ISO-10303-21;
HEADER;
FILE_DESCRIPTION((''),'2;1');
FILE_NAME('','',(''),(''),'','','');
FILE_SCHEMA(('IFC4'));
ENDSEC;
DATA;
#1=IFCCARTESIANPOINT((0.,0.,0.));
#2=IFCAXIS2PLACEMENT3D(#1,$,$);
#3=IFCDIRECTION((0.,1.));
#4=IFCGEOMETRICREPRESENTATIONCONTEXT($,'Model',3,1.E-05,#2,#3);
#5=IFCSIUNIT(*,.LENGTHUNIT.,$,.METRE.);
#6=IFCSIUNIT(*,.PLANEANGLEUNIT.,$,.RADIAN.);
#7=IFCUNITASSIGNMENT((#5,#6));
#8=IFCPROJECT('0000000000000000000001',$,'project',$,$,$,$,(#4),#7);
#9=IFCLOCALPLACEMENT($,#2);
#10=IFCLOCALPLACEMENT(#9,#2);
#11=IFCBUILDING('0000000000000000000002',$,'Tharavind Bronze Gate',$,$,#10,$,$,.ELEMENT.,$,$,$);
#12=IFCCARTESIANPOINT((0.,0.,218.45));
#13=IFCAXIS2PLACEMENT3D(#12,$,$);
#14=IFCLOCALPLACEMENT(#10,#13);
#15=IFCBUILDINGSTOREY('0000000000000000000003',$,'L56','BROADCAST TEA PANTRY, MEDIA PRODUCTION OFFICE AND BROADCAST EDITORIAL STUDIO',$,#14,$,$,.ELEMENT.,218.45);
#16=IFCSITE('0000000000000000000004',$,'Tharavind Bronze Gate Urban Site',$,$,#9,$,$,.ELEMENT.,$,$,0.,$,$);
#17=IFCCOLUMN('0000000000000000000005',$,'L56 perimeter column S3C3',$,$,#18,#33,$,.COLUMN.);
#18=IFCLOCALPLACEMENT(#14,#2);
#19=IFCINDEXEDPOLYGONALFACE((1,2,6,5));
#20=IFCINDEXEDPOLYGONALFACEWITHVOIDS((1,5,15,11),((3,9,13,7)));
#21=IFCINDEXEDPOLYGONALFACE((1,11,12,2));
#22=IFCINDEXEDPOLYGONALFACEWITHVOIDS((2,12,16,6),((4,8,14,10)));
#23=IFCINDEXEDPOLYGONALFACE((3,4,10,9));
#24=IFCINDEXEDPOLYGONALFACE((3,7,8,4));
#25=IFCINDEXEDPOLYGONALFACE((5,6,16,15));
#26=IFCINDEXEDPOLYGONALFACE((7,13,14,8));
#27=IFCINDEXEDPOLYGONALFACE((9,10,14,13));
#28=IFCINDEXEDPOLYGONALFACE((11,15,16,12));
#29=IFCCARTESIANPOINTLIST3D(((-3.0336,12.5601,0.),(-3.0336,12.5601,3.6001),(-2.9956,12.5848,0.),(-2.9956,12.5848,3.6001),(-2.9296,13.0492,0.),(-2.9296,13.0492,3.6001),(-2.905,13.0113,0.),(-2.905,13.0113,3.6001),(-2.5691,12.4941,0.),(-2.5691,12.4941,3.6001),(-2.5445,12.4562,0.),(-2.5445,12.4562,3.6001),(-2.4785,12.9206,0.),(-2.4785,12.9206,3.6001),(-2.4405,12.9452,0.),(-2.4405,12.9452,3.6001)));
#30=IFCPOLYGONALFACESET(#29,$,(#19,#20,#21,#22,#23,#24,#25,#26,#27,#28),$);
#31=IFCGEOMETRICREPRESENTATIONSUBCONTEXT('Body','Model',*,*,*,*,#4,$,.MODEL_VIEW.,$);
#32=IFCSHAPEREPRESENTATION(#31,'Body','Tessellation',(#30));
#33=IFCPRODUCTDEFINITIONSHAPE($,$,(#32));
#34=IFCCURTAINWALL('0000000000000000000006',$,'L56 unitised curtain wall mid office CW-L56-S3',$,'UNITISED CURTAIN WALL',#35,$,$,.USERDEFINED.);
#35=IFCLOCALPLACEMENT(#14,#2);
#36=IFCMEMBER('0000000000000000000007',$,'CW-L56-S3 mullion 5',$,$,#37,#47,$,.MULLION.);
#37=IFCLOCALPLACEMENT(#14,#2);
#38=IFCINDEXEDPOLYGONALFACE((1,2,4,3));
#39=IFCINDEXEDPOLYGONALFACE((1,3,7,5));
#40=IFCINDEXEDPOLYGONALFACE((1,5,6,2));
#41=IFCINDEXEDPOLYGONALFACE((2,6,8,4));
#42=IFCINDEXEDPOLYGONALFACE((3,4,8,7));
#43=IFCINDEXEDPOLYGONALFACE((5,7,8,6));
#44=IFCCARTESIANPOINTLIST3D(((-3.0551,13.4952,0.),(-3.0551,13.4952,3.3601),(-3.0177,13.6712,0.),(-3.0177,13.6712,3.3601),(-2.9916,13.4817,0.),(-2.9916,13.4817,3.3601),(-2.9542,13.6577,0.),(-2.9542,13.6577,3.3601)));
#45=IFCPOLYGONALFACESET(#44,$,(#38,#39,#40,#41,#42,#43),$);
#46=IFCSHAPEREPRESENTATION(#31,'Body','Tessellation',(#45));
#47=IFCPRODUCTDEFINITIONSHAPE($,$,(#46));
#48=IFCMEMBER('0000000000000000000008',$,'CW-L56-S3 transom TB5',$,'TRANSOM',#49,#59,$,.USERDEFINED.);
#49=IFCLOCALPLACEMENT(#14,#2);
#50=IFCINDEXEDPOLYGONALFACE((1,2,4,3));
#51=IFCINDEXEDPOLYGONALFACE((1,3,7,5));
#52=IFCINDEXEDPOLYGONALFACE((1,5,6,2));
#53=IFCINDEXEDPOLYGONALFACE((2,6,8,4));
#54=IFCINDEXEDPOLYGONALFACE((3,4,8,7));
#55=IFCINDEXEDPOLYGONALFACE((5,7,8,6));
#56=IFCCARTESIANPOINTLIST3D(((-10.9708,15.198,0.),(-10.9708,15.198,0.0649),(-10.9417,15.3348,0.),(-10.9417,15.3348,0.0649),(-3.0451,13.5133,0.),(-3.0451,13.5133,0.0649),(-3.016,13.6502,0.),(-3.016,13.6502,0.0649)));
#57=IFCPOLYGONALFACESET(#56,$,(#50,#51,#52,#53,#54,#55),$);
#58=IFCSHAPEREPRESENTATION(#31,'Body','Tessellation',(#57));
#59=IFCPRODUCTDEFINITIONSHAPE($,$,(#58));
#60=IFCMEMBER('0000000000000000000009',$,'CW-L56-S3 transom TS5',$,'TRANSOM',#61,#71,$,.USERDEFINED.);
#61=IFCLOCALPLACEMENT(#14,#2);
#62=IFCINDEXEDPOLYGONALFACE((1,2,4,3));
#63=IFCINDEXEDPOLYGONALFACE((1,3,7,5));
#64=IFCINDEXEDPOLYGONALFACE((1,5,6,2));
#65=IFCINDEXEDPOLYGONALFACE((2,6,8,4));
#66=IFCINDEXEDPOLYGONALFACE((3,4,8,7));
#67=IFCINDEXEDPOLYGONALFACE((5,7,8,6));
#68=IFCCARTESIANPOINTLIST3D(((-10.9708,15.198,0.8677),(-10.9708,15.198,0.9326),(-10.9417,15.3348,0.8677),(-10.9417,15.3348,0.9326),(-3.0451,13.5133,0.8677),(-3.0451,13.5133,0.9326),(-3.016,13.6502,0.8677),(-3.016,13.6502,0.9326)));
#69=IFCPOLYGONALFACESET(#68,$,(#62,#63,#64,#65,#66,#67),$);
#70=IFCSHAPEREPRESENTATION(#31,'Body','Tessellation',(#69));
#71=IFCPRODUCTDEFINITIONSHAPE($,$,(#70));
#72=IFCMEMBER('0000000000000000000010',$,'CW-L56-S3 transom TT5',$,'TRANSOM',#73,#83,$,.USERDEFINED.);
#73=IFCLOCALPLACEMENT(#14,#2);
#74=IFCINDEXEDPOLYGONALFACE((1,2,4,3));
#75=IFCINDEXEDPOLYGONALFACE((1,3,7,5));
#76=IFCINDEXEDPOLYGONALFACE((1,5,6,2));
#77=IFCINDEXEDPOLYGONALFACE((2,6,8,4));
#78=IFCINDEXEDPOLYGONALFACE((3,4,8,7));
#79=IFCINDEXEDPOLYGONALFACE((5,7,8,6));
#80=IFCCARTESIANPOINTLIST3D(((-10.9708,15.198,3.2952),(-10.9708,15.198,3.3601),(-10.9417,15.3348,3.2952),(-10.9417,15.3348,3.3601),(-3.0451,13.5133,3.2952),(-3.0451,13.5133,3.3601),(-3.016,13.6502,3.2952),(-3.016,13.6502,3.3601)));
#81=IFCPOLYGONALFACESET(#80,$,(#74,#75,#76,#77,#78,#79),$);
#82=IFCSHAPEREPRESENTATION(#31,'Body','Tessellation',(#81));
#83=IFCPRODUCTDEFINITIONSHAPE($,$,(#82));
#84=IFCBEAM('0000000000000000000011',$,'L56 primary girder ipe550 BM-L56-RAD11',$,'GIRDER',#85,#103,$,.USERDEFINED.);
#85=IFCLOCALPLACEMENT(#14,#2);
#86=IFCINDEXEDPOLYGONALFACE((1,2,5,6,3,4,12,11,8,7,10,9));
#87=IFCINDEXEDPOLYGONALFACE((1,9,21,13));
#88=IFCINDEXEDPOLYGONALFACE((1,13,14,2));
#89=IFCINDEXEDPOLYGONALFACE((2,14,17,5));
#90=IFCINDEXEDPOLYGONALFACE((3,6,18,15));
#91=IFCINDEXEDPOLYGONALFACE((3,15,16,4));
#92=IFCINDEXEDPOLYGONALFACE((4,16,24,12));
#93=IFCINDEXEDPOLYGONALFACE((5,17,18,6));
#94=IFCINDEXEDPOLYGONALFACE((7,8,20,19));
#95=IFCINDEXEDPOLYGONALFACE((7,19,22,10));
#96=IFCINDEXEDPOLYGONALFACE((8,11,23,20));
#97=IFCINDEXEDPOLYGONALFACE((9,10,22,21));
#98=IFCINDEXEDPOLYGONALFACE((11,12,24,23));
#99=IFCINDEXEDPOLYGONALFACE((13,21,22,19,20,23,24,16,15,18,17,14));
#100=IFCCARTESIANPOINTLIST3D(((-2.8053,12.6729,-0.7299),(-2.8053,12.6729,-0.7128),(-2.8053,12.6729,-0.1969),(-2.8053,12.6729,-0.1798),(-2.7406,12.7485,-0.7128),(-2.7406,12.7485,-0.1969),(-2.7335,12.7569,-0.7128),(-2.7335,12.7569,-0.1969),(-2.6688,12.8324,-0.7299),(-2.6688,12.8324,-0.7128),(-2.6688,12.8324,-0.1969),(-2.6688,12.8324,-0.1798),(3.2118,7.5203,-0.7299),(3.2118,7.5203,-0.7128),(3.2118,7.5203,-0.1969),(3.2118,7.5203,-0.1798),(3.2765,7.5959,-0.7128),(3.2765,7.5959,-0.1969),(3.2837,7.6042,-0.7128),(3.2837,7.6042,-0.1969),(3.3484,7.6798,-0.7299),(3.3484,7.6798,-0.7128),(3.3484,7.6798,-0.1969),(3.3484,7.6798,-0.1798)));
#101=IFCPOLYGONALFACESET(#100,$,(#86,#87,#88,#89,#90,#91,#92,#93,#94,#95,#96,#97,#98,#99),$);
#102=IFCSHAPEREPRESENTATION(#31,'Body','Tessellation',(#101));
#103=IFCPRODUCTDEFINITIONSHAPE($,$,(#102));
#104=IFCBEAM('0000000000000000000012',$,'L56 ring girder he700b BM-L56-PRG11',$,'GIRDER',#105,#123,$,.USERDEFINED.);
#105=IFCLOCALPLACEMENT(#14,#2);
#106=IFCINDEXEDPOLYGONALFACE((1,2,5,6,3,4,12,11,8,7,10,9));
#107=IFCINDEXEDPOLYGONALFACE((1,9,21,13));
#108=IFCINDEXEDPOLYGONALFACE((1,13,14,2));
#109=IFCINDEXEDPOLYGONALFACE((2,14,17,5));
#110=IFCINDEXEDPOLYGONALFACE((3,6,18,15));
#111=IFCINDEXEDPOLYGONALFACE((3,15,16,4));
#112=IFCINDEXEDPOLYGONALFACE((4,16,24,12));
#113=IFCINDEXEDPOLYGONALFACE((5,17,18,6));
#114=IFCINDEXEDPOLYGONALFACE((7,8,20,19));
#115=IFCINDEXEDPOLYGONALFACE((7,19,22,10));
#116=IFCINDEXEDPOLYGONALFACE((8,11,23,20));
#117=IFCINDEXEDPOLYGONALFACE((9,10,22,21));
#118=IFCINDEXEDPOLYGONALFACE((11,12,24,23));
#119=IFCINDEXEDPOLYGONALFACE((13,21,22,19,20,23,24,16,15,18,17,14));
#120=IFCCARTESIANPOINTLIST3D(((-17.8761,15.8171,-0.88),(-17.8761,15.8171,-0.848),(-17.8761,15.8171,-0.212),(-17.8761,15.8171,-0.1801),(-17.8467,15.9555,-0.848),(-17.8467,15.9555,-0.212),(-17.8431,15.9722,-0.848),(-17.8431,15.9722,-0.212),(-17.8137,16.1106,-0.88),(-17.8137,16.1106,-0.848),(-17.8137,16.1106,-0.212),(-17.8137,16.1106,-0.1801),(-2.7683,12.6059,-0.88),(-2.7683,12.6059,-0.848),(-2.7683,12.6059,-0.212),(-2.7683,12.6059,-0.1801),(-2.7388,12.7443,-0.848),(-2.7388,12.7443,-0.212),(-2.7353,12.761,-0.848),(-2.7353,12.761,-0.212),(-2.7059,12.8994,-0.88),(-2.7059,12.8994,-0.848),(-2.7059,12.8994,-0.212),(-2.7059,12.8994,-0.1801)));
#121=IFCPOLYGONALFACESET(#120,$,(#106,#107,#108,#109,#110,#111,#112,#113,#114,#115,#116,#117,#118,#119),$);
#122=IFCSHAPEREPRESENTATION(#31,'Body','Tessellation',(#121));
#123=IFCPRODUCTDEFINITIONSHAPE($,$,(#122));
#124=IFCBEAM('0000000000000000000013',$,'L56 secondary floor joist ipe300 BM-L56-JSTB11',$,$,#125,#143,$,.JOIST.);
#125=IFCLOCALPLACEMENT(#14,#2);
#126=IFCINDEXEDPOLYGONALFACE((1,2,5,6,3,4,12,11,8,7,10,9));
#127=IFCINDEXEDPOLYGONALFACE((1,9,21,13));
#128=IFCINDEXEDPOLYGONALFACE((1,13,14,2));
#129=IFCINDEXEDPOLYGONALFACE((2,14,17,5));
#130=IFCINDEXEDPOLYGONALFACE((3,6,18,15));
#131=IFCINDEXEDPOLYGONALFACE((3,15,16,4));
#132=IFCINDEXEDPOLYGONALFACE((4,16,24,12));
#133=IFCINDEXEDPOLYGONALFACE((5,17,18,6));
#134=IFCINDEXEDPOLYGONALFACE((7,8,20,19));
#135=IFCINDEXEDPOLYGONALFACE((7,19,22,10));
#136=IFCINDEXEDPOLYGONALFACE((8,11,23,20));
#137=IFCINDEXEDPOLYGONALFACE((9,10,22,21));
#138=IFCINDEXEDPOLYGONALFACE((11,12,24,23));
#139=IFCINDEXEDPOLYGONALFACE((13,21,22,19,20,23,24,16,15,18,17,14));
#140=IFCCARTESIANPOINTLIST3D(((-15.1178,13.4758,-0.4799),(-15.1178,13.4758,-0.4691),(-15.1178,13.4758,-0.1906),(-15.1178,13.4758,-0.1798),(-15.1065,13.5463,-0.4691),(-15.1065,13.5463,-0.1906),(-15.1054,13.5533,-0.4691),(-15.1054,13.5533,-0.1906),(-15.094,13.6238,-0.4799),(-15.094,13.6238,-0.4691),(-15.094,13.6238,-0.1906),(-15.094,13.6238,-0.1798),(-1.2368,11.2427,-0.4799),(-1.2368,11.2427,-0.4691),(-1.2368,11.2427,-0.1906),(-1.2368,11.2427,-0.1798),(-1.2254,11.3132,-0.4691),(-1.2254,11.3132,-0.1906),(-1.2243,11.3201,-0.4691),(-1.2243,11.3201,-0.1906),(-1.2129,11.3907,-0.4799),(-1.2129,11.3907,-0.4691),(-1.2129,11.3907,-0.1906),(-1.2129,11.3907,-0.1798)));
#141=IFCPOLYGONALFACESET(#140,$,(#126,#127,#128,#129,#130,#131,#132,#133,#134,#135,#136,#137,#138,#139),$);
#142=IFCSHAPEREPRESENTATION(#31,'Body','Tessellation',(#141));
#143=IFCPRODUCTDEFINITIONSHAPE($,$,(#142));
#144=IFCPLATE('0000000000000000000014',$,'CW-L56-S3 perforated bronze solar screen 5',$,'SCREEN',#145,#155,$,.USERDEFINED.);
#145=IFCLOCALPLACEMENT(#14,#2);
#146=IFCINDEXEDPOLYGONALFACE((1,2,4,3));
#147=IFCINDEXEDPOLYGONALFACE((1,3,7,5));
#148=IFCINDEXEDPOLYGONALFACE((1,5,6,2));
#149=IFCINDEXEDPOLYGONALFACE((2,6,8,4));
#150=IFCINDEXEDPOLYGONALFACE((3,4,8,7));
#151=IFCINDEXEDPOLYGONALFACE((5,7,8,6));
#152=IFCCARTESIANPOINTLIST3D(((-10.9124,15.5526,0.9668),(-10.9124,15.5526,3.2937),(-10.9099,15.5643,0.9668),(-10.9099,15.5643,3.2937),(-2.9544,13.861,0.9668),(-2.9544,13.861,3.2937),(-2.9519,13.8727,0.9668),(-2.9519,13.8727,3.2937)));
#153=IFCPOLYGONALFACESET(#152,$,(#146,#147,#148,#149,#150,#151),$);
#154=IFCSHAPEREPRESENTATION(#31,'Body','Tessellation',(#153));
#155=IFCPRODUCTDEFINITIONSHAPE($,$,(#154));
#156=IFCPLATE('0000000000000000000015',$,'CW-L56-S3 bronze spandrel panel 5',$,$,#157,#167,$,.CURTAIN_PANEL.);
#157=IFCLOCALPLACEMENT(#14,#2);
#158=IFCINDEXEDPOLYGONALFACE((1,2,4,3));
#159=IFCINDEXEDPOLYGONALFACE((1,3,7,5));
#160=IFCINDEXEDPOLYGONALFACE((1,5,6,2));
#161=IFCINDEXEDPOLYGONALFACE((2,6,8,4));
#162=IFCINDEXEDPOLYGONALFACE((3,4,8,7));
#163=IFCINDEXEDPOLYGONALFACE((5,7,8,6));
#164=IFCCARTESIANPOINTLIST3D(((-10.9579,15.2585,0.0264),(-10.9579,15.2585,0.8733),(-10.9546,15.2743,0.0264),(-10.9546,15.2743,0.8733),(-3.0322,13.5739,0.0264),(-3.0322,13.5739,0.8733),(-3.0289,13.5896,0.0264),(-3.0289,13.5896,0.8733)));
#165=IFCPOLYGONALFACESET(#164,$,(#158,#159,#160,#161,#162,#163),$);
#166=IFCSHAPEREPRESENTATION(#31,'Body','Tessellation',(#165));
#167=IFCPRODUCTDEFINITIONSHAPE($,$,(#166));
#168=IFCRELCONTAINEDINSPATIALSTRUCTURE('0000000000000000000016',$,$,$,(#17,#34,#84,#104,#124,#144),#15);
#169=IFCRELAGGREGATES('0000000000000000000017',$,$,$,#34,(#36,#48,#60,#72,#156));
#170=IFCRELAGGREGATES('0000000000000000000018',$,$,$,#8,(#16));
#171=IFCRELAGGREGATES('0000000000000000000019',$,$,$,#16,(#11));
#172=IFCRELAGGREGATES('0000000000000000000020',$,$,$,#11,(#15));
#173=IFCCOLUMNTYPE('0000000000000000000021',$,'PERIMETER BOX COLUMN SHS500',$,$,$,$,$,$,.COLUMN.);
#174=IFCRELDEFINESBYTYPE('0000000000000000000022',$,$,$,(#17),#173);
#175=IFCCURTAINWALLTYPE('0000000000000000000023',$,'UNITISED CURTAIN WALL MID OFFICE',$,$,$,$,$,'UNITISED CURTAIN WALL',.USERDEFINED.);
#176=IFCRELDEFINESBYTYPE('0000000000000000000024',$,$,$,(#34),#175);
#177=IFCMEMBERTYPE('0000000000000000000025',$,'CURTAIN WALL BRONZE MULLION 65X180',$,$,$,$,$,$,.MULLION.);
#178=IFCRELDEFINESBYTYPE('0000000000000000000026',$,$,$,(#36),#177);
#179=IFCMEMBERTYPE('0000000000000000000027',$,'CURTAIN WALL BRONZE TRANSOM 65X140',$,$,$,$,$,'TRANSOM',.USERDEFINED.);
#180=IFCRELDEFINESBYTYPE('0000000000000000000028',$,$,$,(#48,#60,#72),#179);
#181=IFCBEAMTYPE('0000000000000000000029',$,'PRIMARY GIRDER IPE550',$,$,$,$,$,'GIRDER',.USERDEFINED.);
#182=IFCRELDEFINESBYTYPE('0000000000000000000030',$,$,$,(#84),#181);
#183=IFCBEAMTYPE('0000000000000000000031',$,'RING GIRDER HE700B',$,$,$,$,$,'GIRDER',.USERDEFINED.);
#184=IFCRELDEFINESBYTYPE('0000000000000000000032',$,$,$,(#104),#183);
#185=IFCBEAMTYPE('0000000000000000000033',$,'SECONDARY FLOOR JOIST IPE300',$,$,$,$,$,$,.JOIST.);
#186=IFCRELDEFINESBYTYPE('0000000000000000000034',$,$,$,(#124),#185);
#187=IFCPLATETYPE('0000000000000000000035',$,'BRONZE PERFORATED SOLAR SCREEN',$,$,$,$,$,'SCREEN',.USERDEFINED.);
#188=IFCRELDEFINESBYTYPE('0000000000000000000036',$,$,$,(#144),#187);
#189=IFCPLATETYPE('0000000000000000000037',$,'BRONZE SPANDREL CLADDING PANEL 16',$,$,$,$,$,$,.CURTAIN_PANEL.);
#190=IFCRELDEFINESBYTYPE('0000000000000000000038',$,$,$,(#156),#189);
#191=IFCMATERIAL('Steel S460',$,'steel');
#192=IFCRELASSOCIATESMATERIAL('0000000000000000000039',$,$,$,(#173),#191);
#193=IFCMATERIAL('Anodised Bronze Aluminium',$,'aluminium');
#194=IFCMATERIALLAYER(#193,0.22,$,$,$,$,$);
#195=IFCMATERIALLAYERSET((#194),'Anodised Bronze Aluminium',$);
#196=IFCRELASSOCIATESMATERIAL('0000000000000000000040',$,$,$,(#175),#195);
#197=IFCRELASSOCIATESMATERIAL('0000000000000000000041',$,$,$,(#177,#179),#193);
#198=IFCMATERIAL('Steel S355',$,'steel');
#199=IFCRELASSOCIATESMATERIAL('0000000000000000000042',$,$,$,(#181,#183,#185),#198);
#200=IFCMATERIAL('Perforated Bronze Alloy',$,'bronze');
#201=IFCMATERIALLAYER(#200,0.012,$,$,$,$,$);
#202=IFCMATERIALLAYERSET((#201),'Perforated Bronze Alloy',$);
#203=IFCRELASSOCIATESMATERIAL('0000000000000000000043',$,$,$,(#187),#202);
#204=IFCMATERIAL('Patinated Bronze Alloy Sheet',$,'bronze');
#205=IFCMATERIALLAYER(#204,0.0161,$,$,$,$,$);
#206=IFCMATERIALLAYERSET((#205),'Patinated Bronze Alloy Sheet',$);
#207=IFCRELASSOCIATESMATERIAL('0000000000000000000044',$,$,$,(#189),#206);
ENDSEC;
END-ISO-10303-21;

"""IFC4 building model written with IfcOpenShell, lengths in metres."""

from ifc_helpers import new_model, si_unit, direction, frame, origin, origin_2d, place, context, subcontext, project, spatial, rectangle, hollow_rectangle, i_section, extrude, material, layer, layer_set, material_profile, profile_set, type_object, element, aggregate, save


model = new_model("IFC4")

# Units and contexts
model_context = context("Model", 3, precision=1e-05, world=origin(), true_north=direction((0.0, 1.0)))
body_context = subcontext(model_context, "Body", "Model", "MODEL_VIEW")
ifc_project = project(units=[si_unit("LENGTHUNIT", "METRE"), si_unit("PLANEANGLEUNIT", "RADIAN")], contexts=[model_context])

# Site, building, storey
site_placement = place(None, origin())
site = spatial("IfcSite", under=ifc_project, at=site_placement, Name="Tharavind Bronze Gate Urban Site", CompositionType="ELEMENT", RefElevation=0.0)
building_placement = place(site_placement, origin())
building = spatial("IfcBuilding", under=site, at=building_placement, Name="Tharavind Bronze Gate", CompositionType="ELEMENT")
storey_placement = place(building_placement, frame((0.0, 0.0, 218.45)))
storey = spatial("IfcBuildingStorey", under=building, at=storey_placement, Name="L56", Description="BROADCAST TEA PANTRY, MEDIA PRODUCTION OFFICE AND BROADCAST EDITORIAL STUDIO", CompositionType="ELEMENT", Elevation=218.45)

# Column
ifc_material_1 = material(Name="Steel S460", Category="steel")
ifc_material_profile_1 = material_profile(ifc_material_1, hollow_rectangle(XDim=0.5, YDim=0.5, WallThickness=0.032, at=origin_2d()), Name="SHS500X32")
ifc_profile_set_1 = profile_set([ifc_material_profile_1], Name="Steel S460")
column_type = type_object("IfcColumnType", Name="PERIMETER BOX COLUMN SHS500", PredefinedType="COLUMN", material=ifc_profile_set_1)
column_placement = place(storey_placement, frame((-2.7371, 12.7527, 0.0), z_axis=(0.0, 0.0, 1.0), x_axis=(-0.978148, 0.207912, 0.0)))
element("IfcColumn", 1, at=column_placement, inside=storey, type_object=column_type, Name="L56 perimeter column S3C3", PredefinedType="COLUMN", context=body_context, shape_type="SweptSolid", body=[
    extrude(hollow_rectangle(XDim=0.5, YDim=0.5, WallThickness=0.032, at=origin_2d()), origin(), (0.0, 0.0, 1.0), 3.6001),
])

# Curtain wall, members
ifc_material_2 = material(Name="Anodised Bronze Aluminium", Category="aluminium")
ifc_layer_1 = layer(ifc_material_2, 0.22)
ifc_layer_set_1 = layer_set([ifc_layer_1], Name="Anodised Bronze Aluminium")
curtain_wall_type = type_object("IfcCurtainWallType", Name="UNITISED CURTAIN WALL MID OFFICE", ElementType="UNITISED CURTAIN WALL", PredefinedType="USERDEFINED", material=ifc_layer_set_1)
curtain_wall_placement = place(storey_placement, origin())
curtain_wall = element("IfcCurtainWall", 2, at=curtain_wall_placement, inside=storey, type_object=curtain_wall_type, Name="L56 unitised curtain wall mid office CW-L56-S3", ObjectType="UNITISED CURTAIN WALL", PredefinedType="USERDEFINED")
member_type_1 = type_object("IfcMemberType", Name="CURTAIN WALL BRONZE MULLION 65X180", PredefinedType="MULLION", material=ifc_material_2)
member_1_placement = place(storey_placement, frame((-3.0046, 13.5764, 0.0), z_axis=(0.0, 0.0, 1.0), x_axis=(-0.978148, 0.207912, 0.0)))
member_1 = element("IfcMember", 3, at=member_1_placement, type_object=member_type_1, Name="CW-L56-S3 mullion 5", PredefinedType="MULLION", context=body_context, shape_type="SweptSolid", body=[
    extrude(rectangle(XDim=0.0649, YDim=0.1799, at=origin_2d()), origin(), (0.0, 0.0, 1.0), 3.3601),
])
member_type_2 = type_object("IfcMemberType", Name="CURTAIN WALL BRONZE TRANSOM 65X140", ElementType="TRANSOM", PredefinedType="USERDEFINED", material=ifc_material_2)
member_2_placement = place(storey_placement, frame((-6.9934, 14.4241, 0.0), z_axis=(0.0, 0.0, 1.0), x_axis=(-0.978148, 0.207912, 0.0)))
member_2 = element("IfcMember", 4, at=member_2_placement, type_object=member_type_2, Name="CW-L56-S3 transom TB5", ObjectType="TRANSOM", PredefinedType="USERDEFINED", context=body_context, shape_type="SweptSolid", body=[
    extrude(rectangle(XDim=8.1028, YDim=0.1399, at=origin_2d()), origin(), (0.0, 0.0, 1.0), 0.0649),
])
member_3_placement = place(storey_placement, frame((-6.9934, 14.4241, 0.8677), z_axis=(0.0, 0.0, 1.0), x_axis=(-0.978148, 0.207912, 0.0)))
member_3 = element("IfcMember", 5, at=member_3_placement, type_object=member_type_2, Name="CW-L56-S3 transom TS5", ObjectType="TRANSOM", PredefinedType="USERDEFINED", context=body_context, shape_type="SweptSolid", body=[
    extrude(rectangle(XDim=8.1028, YDim=0.1399, at=origin_2d()), origin(), (0.0, 0.0, 1.0), 0.0649),
])
member_4_placement = place(storey_placement, frame((-6.9934, 14.4241, 3.2952), z_axis=(0.0, 0.0, 1.0), x_axis=(-0.978148, 0.207912, 0.0)))
member_4 = element("IfcMember", 6, at=member_4_placement, type_object=member_type_2, Name="CW-L56-S3 transom TT5", ObjectType="TRANSOM", PredefinedType="USERDEFINED", context=body_context, shape_type="SweptSolid", body=[
    extrude(rectangle(XDim=8.1028, YDim=0.1399, at=origin_2d()), origin(), (0.0, 0.0, 1.0), 0.0649),
])

# Beams
ifc_material_3 = material(Name="Steel S355", Category="steel")
ifc_material_profile_2 = material_profile(ifc_material_3, i_section(OverallWidth=0.21, OverallDepth=0.55, WebThickness=0.011, FlangeThickness=0.0171, at=origin_2d()), Name="IPE550")
ifc_profile_set_2 = profile_set([ifc_material_profile_2], Name="Steel S355")
beam_type_1 = type_object("IfcBeamType", Name="PRIMARY GIRDER IPE550", ElementType="GIRDER", PredefinedType="USERDEFINED", material=ifc_profile_set_2)
beam_1_placement = place(storey_placement, frame((-2.7371, 12.7527, -0.4548), z_axis=(0.759563, -0.650433, 0.0), x_axis=(0.650433, 0.759563, 0.0)))
element("IfcBeam", 7, at=beam_1_placement, inside=storey, type_object=beam_type_1, Name="L56 primary girder ipe550 BM-L56-RAD11", ObjectType="GIRDER", PredefinedType="USERDEFINED", context=body_context, shape_type="SweptSolid", body=[
    extrude(i_section(OverallWidth=0.21, OverallDepth=0.55, WebThickness=0.011, FlangeThickness=0.0171, at=origin_2d()), origin(), (0.0, 0.0, 1.0), 7.9219),
])
ifc_material_profile_3 = material_profile(ifc_material_3, i_section(OverallWidth=0.3, OverallDepth=0.7, WebThickness=0.0171, FlangeThickness=0.032, at=origin_2d()), Name="HE700B")
ifc_profile_set_3 = profile_set([ifc_material_profile_3], Name="Steel S355")
beam_type_2 = type_object("IfcBeamType", Name="RING GIRDER HE700B", ElementType="GIRDER", PredefinedType="USERDEFINED", material=ifc_profile_set_3)
beam_2_placement = place(storey_placement, frame((-2.7371, 12.7527, -0.53), z_axis=(-0.978149, 0.207905, 0.0), x_axis=(-0.207905, -0.978149, 0.0)))
element("IfcBeam", 8, at=beam_2_placement, inside=storey, type_object=beam_type_2, Name="L56 ring girder he700b BM-L56-PRG11", ObjectType="GIRDER", PredefinedType="USERDEFINED", context=body_context, shape_type="SweptSolid", body=[
    extrude(i_section(OverallWidth=0.3, OverallDepth=0.7, WebThickness=0.0171, FlangeThickness=0.032, at=origin_2d()), origin(), (0.0, 0.0, 1.0), 15.4453),
])
ifc_material_profile_4 = material_profile(ifc_material_3, i_section(OverallWidth=0.1499, OverallDepth=0.3, WebThickness=0.0071, FlangeThickness=0.0107, at=origin_2d()), Name="IPE300")
ifc_profile_set_4 = profile_set([ifc_material_profile_4], Name="Steel S355")
beam_type_3 = type_object("IfcBeamType", Name="SECONDARY FLOOR JOIST IPE300", PredefinedType="JOIST", material=ifc_profile_set_4)
beam_3_placement = place(storey_placement, frame((-1.2249, 11.3167, -0.3298), z_axis=(-0.987305, 0.158835, 0.0), x_axis=(-0.158835, -0.987305, 0.0)))
element("IfcBeam", 9, at=beam_3_placement, inside=storey, type_object=beam_type_3, Name="L56 secondary floor joist ipe300 BM-L56-JSTB11", PredefinedType="JOIST", context=body_context, shape_type="SweptSolid", body=[
    extrude(i_section(OverallWidth=0.1499, OverallDepth=0.3, WebThickness=0.0071, FlangeThickness=0.0107, at=origin_2d()), origin(), (0.0, 0.0, 1.0), 14.0596),
])

# Plates
ifc_material_4 = material(Name="Perforated Bronze Alloy", Category="bronze")
ifc_layer_2 = layer(ifc_material_4, 0.012)
ifc_layer_set_2 = layer_set([ifc_layer_2], Name="Perforated Bronze Alloy")
plate_type_1 = type_object("IfcPlateType", Name="BRONZE PERFORATED SOLAR SCREEN", ElementType="SCREEN", PredefinedType="USERDEFINED", material=ifc_layer_set_2)
plate_1_placement = place(storey_placement, frame((-6.9321, 14.7126, 0.9668), z_axis=(0.0, 0.0, 1.0), x_axis=(-0.978148, 0.207912, 0.0)))
element("IfcPlate", 10, at=plate_1_placement, inside=storey, type_object=plate_type_1, Name="CW-L56-S3 perforated bronze solar screen 5", ObjectType="SCREEN", PredefinedType="USERDEFINED", context=body_context, shape_type="SweptSolid", body=[
    extrude(rectangle(XDim=8.1357, YDim=0.012, at=origin_2d()), origin(), (0.0, 0.0, 1.0), 2.3269),
])
ifc_material_5 = material(Name="Patinated Bronze Alloy Sheet", Category="bronze")
ifc_layer_3 = layer(ifc_material_5, 0.0161)
ifc_layer_set_3 = layer_set([ifc_layer_3], Name="Patinated Bronze Alloy Sheet")
plate_type_2 = type_object("IfcPlateType", Name="BRONZE SPANDREL CLADDING PANEL 16", PredefinedType="CURTAIN_PANEL", material=ifc_layer_set_3)
plate_2_placement = place(storey_placement, frame((-6.9934, 14.4241, 0.0264), z_axis=(0.0, 0.0, 1.0), x_axis=(-0.978148, 0.207912, 0.0)))
plate_2 = element("IfcPlate", 11, at=plate_2_placement, type_object=plate_type_2, Name="CW-L56-S3 bronze spandrel panel 5", PredefinedType="CURTAIN_PANEL", context=body_context, shape_type="SweptSolid", body=[
    extrude(rectangle(XDim=8.1028, YDim=0.0161, at=origin_2d()), origin(), (0.0, 0.0, 1.0), 0.8469),
])
aggregate(curtain_wall, [member_1, member_2, member_3, member_4, plate_2])

save(model, "model.ifc")
